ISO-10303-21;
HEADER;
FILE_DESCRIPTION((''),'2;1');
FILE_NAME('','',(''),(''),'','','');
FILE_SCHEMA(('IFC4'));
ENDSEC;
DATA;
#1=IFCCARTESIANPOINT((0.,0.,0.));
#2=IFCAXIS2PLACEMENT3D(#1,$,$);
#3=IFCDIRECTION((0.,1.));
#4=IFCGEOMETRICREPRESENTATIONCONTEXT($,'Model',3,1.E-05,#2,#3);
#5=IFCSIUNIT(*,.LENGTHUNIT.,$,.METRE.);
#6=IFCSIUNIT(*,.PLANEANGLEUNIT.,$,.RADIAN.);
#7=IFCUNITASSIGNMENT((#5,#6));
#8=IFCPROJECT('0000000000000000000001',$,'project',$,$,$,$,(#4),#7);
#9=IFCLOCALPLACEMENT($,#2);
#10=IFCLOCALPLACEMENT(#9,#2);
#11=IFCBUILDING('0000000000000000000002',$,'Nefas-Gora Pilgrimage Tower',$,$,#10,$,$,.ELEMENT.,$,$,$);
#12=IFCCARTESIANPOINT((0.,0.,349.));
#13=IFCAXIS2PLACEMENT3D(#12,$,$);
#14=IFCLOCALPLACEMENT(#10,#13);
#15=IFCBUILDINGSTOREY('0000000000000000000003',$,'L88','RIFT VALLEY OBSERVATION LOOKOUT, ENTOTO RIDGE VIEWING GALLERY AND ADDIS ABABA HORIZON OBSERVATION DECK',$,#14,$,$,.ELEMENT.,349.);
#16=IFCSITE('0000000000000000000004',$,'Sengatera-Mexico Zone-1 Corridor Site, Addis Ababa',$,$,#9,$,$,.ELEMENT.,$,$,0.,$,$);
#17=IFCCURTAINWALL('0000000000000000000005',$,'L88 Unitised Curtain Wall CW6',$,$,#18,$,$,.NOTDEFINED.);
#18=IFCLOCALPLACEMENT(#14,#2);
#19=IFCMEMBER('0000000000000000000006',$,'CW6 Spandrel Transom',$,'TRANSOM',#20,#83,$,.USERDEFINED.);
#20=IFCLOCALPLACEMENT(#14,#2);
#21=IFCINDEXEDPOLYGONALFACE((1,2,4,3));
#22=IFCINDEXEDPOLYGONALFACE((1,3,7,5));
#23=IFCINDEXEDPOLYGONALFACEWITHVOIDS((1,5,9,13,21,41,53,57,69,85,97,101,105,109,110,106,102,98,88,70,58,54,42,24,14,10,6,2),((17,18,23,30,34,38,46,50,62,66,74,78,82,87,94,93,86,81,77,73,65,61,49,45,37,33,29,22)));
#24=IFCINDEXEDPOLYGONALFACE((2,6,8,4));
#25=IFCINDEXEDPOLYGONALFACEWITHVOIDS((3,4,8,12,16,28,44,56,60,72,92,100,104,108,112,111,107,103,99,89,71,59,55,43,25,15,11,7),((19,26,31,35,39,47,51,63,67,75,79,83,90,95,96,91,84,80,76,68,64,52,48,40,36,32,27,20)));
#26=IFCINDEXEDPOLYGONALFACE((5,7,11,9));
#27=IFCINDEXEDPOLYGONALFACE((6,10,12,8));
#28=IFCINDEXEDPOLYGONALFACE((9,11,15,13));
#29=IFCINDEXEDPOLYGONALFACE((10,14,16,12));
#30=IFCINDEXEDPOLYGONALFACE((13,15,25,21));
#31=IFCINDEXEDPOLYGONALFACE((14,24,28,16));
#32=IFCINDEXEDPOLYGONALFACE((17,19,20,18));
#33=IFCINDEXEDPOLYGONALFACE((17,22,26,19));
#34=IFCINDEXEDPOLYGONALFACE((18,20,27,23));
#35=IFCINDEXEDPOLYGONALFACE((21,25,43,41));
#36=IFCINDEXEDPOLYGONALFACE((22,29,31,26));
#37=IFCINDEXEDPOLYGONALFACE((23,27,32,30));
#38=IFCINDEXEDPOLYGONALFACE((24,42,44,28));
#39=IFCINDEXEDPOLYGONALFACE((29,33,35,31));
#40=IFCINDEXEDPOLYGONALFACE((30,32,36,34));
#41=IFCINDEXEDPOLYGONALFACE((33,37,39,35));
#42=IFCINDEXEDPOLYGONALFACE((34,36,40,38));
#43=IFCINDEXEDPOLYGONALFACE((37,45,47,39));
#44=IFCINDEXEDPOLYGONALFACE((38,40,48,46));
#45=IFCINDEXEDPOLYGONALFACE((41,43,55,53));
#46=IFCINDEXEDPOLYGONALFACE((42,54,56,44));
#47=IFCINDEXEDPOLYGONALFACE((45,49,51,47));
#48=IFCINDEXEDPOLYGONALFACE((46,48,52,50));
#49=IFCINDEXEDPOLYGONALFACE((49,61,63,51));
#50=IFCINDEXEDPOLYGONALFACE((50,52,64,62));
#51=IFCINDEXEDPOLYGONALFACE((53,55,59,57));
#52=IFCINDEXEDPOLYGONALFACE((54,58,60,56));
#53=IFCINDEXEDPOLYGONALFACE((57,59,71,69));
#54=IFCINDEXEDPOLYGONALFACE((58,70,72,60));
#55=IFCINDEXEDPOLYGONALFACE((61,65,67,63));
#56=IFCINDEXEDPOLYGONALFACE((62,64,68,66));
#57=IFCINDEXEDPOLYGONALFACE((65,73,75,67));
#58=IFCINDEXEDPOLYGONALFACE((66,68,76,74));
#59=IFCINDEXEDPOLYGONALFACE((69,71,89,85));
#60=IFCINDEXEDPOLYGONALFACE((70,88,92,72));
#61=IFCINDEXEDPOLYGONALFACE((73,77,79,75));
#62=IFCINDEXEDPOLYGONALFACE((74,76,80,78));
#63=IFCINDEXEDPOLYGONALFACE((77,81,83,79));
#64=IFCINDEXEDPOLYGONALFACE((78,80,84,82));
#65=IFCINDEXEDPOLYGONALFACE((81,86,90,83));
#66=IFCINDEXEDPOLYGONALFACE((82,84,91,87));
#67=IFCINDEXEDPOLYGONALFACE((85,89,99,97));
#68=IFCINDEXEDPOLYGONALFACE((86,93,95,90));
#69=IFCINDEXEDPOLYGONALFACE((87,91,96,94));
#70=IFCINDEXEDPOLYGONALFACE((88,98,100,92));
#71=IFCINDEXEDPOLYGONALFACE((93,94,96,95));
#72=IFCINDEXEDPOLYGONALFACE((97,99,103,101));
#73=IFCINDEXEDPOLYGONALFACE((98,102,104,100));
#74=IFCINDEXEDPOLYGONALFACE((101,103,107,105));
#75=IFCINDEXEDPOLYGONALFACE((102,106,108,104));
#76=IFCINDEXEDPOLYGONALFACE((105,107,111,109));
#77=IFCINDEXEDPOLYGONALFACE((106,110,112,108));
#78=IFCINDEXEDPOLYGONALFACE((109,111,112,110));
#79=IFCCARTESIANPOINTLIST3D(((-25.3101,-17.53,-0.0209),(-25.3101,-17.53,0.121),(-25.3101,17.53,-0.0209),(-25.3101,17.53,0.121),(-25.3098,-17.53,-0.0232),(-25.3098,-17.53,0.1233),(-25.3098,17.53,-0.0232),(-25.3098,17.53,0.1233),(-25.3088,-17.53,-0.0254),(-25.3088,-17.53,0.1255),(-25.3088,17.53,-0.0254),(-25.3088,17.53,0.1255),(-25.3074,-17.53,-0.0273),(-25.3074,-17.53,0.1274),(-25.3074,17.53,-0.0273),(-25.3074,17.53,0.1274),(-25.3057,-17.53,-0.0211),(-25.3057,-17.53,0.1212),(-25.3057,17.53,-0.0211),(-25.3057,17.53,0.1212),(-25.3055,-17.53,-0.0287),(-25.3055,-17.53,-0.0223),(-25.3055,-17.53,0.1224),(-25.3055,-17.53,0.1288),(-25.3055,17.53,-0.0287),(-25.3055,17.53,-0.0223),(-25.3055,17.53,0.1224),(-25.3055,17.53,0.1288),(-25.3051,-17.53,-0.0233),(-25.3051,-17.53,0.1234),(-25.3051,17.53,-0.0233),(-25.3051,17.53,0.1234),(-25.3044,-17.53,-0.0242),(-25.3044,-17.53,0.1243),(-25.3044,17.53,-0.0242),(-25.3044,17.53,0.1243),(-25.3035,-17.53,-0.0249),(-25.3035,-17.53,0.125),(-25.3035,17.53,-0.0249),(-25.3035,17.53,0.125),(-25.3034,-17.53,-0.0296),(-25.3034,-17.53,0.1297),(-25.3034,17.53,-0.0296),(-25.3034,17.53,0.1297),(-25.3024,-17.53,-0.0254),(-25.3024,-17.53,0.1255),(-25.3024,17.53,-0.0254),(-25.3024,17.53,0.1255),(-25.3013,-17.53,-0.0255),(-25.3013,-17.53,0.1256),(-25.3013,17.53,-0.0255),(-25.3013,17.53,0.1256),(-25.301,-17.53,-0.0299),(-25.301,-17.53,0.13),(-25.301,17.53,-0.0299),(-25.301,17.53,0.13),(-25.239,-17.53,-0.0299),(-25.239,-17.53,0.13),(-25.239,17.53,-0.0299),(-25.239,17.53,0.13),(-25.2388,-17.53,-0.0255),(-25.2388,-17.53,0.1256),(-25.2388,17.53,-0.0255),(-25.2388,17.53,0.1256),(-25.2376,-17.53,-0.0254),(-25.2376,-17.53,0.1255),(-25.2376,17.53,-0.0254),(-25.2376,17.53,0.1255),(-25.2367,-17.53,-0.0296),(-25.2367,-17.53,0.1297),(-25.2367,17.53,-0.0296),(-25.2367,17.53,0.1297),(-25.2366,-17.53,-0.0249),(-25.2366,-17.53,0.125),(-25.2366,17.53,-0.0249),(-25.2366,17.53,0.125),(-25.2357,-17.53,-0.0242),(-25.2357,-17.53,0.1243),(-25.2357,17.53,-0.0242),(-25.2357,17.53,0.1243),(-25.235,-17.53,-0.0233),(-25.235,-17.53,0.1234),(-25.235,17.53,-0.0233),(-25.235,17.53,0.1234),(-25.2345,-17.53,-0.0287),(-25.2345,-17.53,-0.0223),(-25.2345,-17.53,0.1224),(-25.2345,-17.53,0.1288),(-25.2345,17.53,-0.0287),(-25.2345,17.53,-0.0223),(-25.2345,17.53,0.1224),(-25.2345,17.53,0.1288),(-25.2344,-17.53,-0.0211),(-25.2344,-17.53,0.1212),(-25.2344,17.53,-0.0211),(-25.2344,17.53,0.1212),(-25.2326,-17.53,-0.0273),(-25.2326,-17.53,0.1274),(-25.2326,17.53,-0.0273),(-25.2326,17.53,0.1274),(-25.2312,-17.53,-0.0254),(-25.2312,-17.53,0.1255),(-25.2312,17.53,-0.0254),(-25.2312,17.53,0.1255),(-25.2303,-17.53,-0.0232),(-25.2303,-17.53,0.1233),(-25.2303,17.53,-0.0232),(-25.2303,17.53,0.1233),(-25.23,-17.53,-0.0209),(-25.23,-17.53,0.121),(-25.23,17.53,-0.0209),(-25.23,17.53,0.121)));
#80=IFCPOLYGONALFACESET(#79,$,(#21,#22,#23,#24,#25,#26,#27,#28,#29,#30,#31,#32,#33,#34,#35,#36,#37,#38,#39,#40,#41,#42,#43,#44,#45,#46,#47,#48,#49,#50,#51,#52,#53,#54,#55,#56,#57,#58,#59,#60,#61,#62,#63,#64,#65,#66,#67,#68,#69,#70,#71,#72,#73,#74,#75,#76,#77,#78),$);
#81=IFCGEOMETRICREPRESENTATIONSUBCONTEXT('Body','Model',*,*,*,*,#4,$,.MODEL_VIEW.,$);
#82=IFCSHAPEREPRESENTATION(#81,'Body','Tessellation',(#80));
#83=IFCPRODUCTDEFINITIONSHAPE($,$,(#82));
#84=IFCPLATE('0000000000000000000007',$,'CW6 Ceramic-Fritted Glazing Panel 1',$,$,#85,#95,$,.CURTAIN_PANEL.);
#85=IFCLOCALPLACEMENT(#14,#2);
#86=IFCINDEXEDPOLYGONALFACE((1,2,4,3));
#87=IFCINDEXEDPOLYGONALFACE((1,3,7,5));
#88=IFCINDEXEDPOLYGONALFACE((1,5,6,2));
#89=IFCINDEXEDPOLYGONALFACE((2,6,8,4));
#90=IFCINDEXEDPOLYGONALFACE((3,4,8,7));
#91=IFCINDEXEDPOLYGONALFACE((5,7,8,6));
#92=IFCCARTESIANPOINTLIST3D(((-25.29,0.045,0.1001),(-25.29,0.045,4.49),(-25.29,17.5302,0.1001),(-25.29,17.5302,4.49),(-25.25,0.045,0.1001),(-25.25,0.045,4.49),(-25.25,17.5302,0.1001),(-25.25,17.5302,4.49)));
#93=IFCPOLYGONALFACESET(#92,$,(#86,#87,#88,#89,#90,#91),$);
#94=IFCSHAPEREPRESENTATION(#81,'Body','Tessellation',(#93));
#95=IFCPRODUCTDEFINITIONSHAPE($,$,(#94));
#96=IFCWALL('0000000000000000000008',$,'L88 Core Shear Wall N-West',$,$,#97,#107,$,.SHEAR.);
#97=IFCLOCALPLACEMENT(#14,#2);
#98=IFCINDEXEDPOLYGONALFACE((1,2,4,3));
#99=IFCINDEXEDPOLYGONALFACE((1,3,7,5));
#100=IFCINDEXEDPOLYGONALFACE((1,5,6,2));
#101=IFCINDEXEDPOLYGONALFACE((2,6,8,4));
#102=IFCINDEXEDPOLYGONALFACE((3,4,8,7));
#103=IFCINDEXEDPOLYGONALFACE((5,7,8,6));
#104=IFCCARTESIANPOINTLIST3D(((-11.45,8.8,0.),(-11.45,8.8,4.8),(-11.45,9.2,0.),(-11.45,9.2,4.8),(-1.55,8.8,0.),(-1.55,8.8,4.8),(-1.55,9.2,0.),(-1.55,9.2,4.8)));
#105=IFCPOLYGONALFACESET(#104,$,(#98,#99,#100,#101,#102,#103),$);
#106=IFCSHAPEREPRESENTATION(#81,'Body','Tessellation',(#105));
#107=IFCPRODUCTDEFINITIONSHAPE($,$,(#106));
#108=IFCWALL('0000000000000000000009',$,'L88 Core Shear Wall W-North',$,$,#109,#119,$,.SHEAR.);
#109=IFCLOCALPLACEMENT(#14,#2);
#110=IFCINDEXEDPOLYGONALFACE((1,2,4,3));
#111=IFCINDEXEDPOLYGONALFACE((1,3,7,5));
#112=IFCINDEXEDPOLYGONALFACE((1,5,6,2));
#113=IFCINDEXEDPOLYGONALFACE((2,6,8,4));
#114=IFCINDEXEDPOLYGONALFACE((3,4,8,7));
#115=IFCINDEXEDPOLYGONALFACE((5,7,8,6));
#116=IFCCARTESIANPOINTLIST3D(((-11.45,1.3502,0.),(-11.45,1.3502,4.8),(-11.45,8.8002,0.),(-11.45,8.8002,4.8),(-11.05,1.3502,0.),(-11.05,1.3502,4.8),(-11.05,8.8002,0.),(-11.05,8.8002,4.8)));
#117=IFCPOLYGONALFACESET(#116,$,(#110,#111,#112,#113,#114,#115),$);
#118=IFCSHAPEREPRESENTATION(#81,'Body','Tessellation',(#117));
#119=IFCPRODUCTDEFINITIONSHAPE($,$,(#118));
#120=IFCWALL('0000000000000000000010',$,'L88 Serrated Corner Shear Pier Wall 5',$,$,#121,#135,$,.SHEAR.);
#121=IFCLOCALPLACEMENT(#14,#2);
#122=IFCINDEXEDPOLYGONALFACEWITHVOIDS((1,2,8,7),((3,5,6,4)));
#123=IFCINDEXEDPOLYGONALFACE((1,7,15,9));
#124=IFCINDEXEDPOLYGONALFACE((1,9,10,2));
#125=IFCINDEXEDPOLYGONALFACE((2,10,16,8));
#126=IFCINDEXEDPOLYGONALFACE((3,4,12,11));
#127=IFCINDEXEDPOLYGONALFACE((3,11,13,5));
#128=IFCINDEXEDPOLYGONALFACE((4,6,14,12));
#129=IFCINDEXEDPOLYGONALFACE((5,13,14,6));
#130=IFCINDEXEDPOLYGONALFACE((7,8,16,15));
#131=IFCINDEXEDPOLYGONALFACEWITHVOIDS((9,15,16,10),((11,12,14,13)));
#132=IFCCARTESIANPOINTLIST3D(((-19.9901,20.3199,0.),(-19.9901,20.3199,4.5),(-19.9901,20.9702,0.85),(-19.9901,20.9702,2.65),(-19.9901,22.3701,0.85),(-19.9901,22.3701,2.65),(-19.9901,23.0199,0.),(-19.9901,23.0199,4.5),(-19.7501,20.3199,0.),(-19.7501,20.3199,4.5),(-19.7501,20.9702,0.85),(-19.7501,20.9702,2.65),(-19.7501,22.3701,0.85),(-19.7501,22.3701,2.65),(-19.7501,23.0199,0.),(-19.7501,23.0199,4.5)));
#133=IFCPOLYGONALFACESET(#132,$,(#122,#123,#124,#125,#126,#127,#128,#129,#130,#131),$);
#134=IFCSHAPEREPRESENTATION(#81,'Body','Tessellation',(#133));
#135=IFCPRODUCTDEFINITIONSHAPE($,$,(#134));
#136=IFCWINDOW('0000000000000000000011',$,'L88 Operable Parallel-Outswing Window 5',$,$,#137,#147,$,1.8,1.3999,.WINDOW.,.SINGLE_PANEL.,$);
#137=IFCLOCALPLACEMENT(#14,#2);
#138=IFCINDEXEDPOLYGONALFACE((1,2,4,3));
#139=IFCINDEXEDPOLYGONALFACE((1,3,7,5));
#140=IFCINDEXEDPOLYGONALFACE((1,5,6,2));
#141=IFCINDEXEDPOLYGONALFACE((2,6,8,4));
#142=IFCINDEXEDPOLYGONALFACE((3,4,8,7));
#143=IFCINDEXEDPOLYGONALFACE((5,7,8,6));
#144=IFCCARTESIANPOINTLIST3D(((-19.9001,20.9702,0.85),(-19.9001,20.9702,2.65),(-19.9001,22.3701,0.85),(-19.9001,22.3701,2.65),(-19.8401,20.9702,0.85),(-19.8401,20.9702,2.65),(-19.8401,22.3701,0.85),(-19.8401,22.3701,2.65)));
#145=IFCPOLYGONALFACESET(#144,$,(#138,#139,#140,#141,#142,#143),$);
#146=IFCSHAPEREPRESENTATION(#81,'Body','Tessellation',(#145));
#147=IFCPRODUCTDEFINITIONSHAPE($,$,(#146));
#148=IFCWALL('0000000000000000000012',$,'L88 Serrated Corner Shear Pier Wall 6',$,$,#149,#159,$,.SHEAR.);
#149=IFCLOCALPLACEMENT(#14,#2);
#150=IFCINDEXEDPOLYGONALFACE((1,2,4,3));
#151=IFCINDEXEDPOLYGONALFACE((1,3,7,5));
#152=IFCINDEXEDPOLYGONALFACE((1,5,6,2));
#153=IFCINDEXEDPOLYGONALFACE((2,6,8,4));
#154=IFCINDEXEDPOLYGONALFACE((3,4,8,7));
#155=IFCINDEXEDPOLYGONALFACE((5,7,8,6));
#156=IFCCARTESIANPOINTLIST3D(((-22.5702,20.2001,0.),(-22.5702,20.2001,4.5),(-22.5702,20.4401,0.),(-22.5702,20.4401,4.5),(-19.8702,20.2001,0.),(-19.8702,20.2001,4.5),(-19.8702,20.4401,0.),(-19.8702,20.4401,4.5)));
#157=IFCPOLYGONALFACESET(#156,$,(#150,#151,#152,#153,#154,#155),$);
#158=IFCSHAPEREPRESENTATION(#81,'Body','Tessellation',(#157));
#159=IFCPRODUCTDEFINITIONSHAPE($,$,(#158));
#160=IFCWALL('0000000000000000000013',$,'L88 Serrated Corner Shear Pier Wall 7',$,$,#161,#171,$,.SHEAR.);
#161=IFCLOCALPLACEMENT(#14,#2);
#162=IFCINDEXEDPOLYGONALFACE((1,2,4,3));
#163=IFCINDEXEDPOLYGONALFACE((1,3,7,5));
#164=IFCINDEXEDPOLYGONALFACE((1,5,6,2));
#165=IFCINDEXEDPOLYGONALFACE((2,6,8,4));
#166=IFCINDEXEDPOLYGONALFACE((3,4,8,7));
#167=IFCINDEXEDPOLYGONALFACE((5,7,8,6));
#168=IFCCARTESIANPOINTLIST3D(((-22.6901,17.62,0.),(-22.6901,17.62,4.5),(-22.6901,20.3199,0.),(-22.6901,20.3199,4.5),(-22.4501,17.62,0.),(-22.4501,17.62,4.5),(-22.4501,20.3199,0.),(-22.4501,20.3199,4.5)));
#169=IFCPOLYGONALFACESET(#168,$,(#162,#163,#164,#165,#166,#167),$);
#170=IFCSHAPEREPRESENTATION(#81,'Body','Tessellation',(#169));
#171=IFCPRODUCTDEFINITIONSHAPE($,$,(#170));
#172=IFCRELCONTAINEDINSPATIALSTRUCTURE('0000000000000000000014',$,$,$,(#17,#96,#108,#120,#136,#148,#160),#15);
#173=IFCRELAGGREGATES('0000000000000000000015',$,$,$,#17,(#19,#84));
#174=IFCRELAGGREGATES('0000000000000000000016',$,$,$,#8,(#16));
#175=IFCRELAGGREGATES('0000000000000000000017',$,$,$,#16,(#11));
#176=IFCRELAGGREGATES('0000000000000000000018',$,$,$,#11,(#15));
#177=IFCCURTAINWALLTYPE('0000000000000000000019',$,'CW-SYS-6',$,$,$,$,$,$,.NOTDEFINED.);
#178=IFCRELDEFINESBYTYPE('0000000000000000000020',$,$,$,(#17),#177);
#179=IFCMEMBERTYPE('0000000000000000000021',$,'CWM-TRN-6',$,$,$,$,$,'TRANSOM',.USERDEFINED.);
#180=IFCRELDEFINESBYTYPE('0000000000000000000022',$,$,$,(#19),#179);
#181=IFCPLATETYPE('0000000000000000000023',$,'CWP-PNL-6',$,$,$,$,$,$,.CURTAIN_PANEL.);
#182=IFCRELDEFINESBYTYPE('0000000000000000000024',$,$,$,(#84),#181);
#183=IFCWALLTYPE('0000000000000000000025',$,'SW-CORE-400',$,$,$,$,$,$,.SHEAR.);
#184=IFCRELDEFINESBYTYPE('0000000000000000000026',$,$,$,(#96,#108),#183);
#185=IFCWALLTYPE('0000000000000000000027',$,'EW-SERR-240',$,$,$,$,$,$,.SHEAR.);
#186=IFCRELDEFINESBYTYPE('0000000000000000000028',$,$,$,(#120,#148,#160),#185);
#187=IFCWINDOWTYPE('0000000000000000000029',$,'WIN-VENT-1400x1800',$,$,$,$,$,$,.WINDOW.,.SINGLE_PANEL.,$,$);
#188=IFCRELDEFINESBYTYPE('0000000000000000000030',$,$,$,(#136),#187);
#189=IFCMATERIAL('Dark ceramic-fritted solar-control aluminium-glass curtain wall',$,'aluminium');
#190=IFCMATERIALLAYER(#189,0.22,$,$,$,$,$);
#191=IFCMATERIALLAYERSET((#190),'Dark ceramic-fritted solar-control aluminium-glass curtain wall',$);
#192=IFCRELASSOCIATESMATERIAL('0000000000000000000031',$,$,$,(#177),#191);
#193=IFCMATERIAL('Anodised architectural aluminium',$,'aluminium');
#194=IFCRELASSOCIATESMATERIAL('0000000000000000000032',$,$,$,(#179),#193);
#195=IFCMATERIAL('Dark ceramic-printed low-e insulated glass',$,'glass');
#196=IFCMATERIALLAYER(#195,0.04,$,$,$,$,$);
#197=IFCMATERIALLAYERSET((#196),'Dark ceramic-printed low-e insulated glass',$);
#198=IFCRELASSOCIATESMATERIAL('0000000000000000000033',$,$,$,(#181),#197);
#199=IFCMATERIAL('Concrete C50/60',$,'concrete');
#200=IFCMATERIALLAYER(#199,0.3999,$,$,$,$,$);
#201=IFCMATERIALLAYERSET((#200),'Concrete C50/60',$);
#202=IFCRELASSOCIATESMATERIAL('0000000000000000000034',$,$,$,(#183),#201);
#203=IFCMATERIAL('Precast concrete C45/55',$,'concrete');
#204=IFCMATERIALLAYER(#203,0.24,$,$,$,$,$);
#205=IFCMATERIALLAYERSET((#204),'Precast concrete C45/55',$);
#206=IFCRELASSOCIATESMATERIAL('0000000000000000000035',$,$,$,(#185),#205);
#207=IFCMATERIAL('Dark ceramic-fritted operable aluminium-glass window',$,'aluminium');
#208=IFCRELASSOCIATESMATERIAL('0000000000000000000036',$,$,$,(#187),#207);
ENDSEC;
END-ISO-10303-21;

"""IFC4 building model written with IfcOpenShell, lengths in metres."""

from ifc_helpers import new_model, si_unit, direction, frame, frame_2d, origin, origin_2d, place, context, subcontext, project, spatial, rectangle, hollow_rectangle, extrude, source, transform, mapped, material, layer, layer_set, material_profile, profile_set, type_object, element, fill, aggregate, save


model = new_model("IFC4")

# Units and contexts
model_context = context("Model", 3, precision=1e-05, world=origin(), true_north=direction((0.0, 1.0)))
body_context = subcontext(model_context, "Body", "Model", "MODEL_VIEW")
ifc_project = project(units=[si_unit("LENGTHUNIT", "METRE"), si_unit("PLANEANGLEUNIT", "RADIAN")], contexts=[model_context])

# Site, building, storey
site_placement = place(None, origin())
site = spatial("IfcSite", under=ifc_project, at=site_placement, Name="Sengatera-Mexico Zone-1 Corridor Site, Addis Ababa", CompositionType="ELEMENT", RefElevation=0.0)
building_placement = place(site_placement, origin())
building = spatial("IfcBuilding", under=site, at=building_placement, Name="Nefas-Gora Pilgrimage Tower", CompositionType="ELEMENT")
storey_placement = place(building_placement, frame((0.0, 0.0, 349.0)))
storey = spatial("IfcBuildingStorey", under=building, at=storey_placement, Name="L88", Description="RIFT VALLEY OBSERVATION LOOKOUT, ENTOTO RIDGE VIEWING GALLERY AND ADDIS ABABA HORIZON OBSERVATION DECK", CompositionType="ELEMENT", Elevation=349.0)

# Shared definitions
ifc_material_1 = material(Name="Concrete C50/60", Category="concrete")

# Shared definitions
ifc_material_2 = material(Name="Dark ceramic-fritted solar-control aluminium-glass curtain wall", Category="aluminium")
ifc_layer_1 = layer(ifc_material_2, 0.22)
ifc_layer_set_1 = layer_set([ifc_layer_1], Name="Dark ceramic-fritted solar-control aluminium-glass curtain wall")
curtain_wall_type = type_object("IfcCurtainWallType", Name="CW-SYS-6", PredefinedType="NOTDEFINED", material=ifc_layer_set_1)
ifc_material_3 = material(Name="Anodised architectural aluminium", Category="aluminium")

# Curtain wall, member, plate
curtain_wall_1_placement = place(storey_placement, origin())
curtain_wall_1 = element("IfcCurtainWall", 1, at=curtain_wall_1_placement, inside=storey, type_object=curtain_wall_type, Name="L88 Unitised Curtain Wall CW6", PredefinedType="NOTDEFINED")
ifc_material_profile_1 = material_profile(ifc_material_3, hollow_rectangle(XDim=0.0801, YDim=0.1599, WallThickness=0.0044, InnerFilletRadius=0.0044, OuterFilletRadius=0.009, at=origin_2d()), Name="ALU TRANSOM 80x160")
ifc_profile_set_1 = profile_set([ifc_material_profile_1], Name="Anodised architectural aluminium")
member_type_1 = type_object("IfcMemberType", Name="CWM-TRN-6", ElementType="TRANSOM", PredefinedType="USERDEFINED", material=ifc_profile_set_1)
shared_shape_1 = source(origin(), body_context, "Body", "SweptSolid", [
    extrude(hollow_rectangle(XDim=0.0801, YDim=0.1599, WallThickness=0.0044, InnerFilletRadius=0.0044, OuterFilletRadius=0.009, at=origin_2d()), origin(), (0.0, 0.0, 1.0), 35.0601),
])
member_1_placement = place(storey_placement, frame((-25.27, 17.53, 0.05), z_axis=(0.0, -1.0, 0.0), x_axis=(1.0, 0.0, 0.0)))
member_1 = element("IfcMember", 2, at=member_1_placement, type_object=member_type_1, Name="CW6 Spandrel Transom", ObjectType="TRANSOM", PredefinedType="USERDEFINED", context=body_context, shape_type="MappedRepresentation", body=[
    mapped(shared_shape_1, transform((0.0, 0.0, 0.0), x_axis=(1.0, 0.0, 0.0), y_axis=(0.0, 1.0, 0.0), z_axis=(0.0, 0.0, 1.0), scale=1.0)),
])
ifc_material_4 = material(Name="Dark ceramic-printed low-e insulated glass", Category="glass")
ifc_layer_2 = layer(ifc_material_4, 0.04)
ifc_layer_set_2 = layer_set([ifc_layer_2], Name="Dark ceramic-printed low-e insulated glass")
plate_type = type_object("IfcPlateType", Name="CWP-PNL-6", PredefinedType="CURTAIN_PANEL", material=ifc_layer_set_2)
shared_shape_2 = source(origin(), body_context, "Body", "SweptSolid", [
    extrude(rectangle(XDim=17.4851, YDim=0.04, at=origin_2d()), origin(), (0.0, 0.0, 1.0), 4.3899),
])
plate_placement = place(storey_placement, frame((-25.27, 8.7876, 0.1001), z_axis=(0.0, 0.0, 1.0), x_axis=(0.0, -1.0, 0.0)))
plate = element("IfcPlate", 3, at=plate_placement, type_object=plate_type, Name="CW6 Ceramic-Fritted Glazing Panel 1", PredefinedType="CURTAIN_PANEL", context=body_context, shape_type="MappedRepresentation", body=[
    mapped(shared_shape_2, transform((0.0, 0.0, 0.0), x_axis=(1.0, 0.0, 0.0), y_axis=(0.0, 1.0, 0.0), z_axis=(0.0, 0.0, 1.0), scale=1.0)),
])
aggregate(curtain_wall_1, [member_1, plate])

# Walls
ifc_layer_3 = layer(ifc_material_1, 0.3999)
ifc_layer_set_3 = layer_set([ifc_layer_3], Name="Concrete C50/60")
wall_type_1 = type_object("IfcWallType", Name="SW-CORE-400", PredefinedType="SHEAR", material=ifc_layer_set_3)
shared_shape_3 = source(origin(), body_context, "Body", "SweptSolid", [
    extrude(rectangle(XDim=9.8999, YDim=0.3999, at=frame_2d((4.95, 0.0))), origin(), (0.0, 0.0, 1.0), 4.8),
])
wall_1_placement = place(storey_placement, frame((-11.45, 9.0, 0.0), z_axis=(0.0, 0.0, 1.0), x_axis=(1.0, 0.0, 0.0)))
element("IfcWall", 4, at=wall_1_placement, inside=storey, type_object=wall_type_1, Name="L88 Core Shear Wall N-West", PredefinedType="SHEAR", context=body_context, shape_type="MappedRepresentation", body=[
    mapped(shared_shape_3, transform((0.0, 0.0, 0.0), x_axis=(1.0, 0.0, 0.0), y_axis=(0.0, 1.0, 0.0), z_axis=(0.0, 0.0, 1.0), scale=1.0)),
])
shared_shape_4 = source(origin(), body_context, "Body", "SweptSolid", [
    extrude(rectangle(XDim=7.45, YDim=0.3999, at=frame_2d((3.7251, 0.0))), origin(), (0.0, 0.0, 1.0), 4.8),
])
wall_2_placement = place(storey_placement, frame((-11.25, 1.3501, 0.0), z_axis=(0.0, 0.0, 1.0), x_axis=(0.0, 1.0, 0.0)))
element("IfcWall", 5, at=wall_2_placement, inside=storey, type_object=wall_type_1, Name="L88 Core Shear Wall W-North", PredefinedType="SHEAR", context=body_context, shape_type="MappedRepresentation", body=[
    mapped(shared_shape_4, transform((0.0, 0.0, 0.0), x_axis=(1.0, 0.0, 0.0), y_axis=(0.0, 1.0, 0.0), z_axis=(0.0, 0.0, 1.0), scale=1.0)),
])

# Wall, opening, window
ifc_material_5 = material(Name="Precast concrete C45/55", Category="concrete")
ifc_layer_4 = layer(ifc_material_5, 0.24)
ifc_layer_set_4 = layer_set([ifc_layer_4], Name="Precast concrete C45/55")
wall_type_2 = type_object("IfcWallType", Name="EW-SERR-240", PredefinedType="SHEAR", material=ifc_layer_set_4)
shared_shape_5 = source(origin(), body_context, "Body", "SweptSolid", [
    extrude(rectangle(XDim=2.7, YDim=0.24, at=frame_2d((1.3501, 0.0))), origin(), (0.0, 0.0, 1.0), 4.5),
])
wall_3_placement = place(storey_placement, frame((-19.8701, 23.02, 0.0), z_axis=(0.0, 0.0, 1.0), x_axis=(0.0, -1.0, 0.0)))
wall_3 = element("IfcWall", 6, at=wall_3_placement, inside=storey, type_object=wall_type_2, Name="L88 Serrated Corner Shear Pier Wall 5", PredefinedType="SHEAR", context=body_context, shape_type="MappedRepresentation", body=[
    mapped(shared_shape_5, transform((0.0, 0.0, 0.0), x_axis=(1.0, 0.0, 0.0), y_axis=(0.0, 1.0, 0.0), z_axis=(0.0, 0.0, 1.0), scale=1.0)),
])
opening_1_placement = place(wall_3_placement, frame((0.6499, 0.0, 0.8501)))
opening_1 = element("IfcOpeningElement", 7, at=opening_1_placement, cuts=wall_3, PredefinedType="OPENING", context=body_context, shape_type="SweptSolid", body=[
    extrude(rectangle(XDim=1.3999, YDim=1.8, at=frame_2d((0.7, 0.8999))), frame((0.0, 0.1299, 0.0), z_axis=(0.0, -1.0, 0.0), x_axis=(1.0, 0.0, 0.0)), (0.0, 0.0, 1.0), 0.26),
])
ifc_material_6 = material(Name="Dark ceramic-fritted operable aluminium-glass window", Category="aluminium")
window_type = type_object("IfcWindowType", Name="WIN-VENT-1400x1800", PartitioningType="SINGLE_PANEL", PredefinedType="WINDOW", material=ifc_material_6)
shared_shape_6 = source(origin(), body_context, "Body", "SweptSolid", [
    extrude(rectangle(XDim=1.3999, YDim=1.8, at=frame_2d((0.7, 0.8999))), frame((0.0, 0.03, 0.0), z_axis=(0.0, -1.0, 0.0), x_axis=(1.0, 0.0, 0.0)), (0.0, 0.0, 1.0), 0.0601),
])
window_placement = place(opening_1_placement, origin())
window = element("IfcWindow", 8, at=window_placement, inside=storey, type_object=window_type, Name="L88 Operable Parallel-Outswing Window 5", OverallHeight=1.8, OverallWidth=1.3999, PartitioningType="SINGLE_PANEL", PredefinedType="WINDOW", context=body_context, shape_type="MappedRepresentation", body=[
    mapped(shared_shape_6, transform((0.0, 0.0, 0.0), x_axis=(1.0, 0.0, 0.0), y_axis=(0.0, 1.0, 0.0), z_axis=(0.0, 0.0, 1.0), scale=1.0)),
])
fill(opening_1, window)

# Walls
for number, where, z_axis, x_axis, name in (
    (9, (-19.8701, 20.3201, 0.0), (0.0, 0.0, 1.0), (-1.0, 0.0, 0.0), "L88 Serrated Corner Shear Pier Wall 6"),
    (10, (-22.5701, 20.3201, 0.0), (0.0, 0.0, 1.0), (0.0, -1.0, 0.0), "L88 Serrated Corner Shear Pier Wall 7"),
):
    element("IfcWall", number, at=place(storey_placement, frame(where, z_axis=z_axis, x_axis=x_axis)), inside=storey, type_object=wall_type_2, Name=name, PredefinedType="SHEAR", context=body_context, shape_type="MappedRepresentation", body=[
        mapped(shared_shape_5, transform((0.0, 0.0, 0.0), x_axis=(1.0, 0.0, 0.0), y_axis=(0.0, 1.0, 0.0), z_axis=(0.0, 0.0, 1.0), scale=1.0)),
    ])

save(model, "model.ifc")
